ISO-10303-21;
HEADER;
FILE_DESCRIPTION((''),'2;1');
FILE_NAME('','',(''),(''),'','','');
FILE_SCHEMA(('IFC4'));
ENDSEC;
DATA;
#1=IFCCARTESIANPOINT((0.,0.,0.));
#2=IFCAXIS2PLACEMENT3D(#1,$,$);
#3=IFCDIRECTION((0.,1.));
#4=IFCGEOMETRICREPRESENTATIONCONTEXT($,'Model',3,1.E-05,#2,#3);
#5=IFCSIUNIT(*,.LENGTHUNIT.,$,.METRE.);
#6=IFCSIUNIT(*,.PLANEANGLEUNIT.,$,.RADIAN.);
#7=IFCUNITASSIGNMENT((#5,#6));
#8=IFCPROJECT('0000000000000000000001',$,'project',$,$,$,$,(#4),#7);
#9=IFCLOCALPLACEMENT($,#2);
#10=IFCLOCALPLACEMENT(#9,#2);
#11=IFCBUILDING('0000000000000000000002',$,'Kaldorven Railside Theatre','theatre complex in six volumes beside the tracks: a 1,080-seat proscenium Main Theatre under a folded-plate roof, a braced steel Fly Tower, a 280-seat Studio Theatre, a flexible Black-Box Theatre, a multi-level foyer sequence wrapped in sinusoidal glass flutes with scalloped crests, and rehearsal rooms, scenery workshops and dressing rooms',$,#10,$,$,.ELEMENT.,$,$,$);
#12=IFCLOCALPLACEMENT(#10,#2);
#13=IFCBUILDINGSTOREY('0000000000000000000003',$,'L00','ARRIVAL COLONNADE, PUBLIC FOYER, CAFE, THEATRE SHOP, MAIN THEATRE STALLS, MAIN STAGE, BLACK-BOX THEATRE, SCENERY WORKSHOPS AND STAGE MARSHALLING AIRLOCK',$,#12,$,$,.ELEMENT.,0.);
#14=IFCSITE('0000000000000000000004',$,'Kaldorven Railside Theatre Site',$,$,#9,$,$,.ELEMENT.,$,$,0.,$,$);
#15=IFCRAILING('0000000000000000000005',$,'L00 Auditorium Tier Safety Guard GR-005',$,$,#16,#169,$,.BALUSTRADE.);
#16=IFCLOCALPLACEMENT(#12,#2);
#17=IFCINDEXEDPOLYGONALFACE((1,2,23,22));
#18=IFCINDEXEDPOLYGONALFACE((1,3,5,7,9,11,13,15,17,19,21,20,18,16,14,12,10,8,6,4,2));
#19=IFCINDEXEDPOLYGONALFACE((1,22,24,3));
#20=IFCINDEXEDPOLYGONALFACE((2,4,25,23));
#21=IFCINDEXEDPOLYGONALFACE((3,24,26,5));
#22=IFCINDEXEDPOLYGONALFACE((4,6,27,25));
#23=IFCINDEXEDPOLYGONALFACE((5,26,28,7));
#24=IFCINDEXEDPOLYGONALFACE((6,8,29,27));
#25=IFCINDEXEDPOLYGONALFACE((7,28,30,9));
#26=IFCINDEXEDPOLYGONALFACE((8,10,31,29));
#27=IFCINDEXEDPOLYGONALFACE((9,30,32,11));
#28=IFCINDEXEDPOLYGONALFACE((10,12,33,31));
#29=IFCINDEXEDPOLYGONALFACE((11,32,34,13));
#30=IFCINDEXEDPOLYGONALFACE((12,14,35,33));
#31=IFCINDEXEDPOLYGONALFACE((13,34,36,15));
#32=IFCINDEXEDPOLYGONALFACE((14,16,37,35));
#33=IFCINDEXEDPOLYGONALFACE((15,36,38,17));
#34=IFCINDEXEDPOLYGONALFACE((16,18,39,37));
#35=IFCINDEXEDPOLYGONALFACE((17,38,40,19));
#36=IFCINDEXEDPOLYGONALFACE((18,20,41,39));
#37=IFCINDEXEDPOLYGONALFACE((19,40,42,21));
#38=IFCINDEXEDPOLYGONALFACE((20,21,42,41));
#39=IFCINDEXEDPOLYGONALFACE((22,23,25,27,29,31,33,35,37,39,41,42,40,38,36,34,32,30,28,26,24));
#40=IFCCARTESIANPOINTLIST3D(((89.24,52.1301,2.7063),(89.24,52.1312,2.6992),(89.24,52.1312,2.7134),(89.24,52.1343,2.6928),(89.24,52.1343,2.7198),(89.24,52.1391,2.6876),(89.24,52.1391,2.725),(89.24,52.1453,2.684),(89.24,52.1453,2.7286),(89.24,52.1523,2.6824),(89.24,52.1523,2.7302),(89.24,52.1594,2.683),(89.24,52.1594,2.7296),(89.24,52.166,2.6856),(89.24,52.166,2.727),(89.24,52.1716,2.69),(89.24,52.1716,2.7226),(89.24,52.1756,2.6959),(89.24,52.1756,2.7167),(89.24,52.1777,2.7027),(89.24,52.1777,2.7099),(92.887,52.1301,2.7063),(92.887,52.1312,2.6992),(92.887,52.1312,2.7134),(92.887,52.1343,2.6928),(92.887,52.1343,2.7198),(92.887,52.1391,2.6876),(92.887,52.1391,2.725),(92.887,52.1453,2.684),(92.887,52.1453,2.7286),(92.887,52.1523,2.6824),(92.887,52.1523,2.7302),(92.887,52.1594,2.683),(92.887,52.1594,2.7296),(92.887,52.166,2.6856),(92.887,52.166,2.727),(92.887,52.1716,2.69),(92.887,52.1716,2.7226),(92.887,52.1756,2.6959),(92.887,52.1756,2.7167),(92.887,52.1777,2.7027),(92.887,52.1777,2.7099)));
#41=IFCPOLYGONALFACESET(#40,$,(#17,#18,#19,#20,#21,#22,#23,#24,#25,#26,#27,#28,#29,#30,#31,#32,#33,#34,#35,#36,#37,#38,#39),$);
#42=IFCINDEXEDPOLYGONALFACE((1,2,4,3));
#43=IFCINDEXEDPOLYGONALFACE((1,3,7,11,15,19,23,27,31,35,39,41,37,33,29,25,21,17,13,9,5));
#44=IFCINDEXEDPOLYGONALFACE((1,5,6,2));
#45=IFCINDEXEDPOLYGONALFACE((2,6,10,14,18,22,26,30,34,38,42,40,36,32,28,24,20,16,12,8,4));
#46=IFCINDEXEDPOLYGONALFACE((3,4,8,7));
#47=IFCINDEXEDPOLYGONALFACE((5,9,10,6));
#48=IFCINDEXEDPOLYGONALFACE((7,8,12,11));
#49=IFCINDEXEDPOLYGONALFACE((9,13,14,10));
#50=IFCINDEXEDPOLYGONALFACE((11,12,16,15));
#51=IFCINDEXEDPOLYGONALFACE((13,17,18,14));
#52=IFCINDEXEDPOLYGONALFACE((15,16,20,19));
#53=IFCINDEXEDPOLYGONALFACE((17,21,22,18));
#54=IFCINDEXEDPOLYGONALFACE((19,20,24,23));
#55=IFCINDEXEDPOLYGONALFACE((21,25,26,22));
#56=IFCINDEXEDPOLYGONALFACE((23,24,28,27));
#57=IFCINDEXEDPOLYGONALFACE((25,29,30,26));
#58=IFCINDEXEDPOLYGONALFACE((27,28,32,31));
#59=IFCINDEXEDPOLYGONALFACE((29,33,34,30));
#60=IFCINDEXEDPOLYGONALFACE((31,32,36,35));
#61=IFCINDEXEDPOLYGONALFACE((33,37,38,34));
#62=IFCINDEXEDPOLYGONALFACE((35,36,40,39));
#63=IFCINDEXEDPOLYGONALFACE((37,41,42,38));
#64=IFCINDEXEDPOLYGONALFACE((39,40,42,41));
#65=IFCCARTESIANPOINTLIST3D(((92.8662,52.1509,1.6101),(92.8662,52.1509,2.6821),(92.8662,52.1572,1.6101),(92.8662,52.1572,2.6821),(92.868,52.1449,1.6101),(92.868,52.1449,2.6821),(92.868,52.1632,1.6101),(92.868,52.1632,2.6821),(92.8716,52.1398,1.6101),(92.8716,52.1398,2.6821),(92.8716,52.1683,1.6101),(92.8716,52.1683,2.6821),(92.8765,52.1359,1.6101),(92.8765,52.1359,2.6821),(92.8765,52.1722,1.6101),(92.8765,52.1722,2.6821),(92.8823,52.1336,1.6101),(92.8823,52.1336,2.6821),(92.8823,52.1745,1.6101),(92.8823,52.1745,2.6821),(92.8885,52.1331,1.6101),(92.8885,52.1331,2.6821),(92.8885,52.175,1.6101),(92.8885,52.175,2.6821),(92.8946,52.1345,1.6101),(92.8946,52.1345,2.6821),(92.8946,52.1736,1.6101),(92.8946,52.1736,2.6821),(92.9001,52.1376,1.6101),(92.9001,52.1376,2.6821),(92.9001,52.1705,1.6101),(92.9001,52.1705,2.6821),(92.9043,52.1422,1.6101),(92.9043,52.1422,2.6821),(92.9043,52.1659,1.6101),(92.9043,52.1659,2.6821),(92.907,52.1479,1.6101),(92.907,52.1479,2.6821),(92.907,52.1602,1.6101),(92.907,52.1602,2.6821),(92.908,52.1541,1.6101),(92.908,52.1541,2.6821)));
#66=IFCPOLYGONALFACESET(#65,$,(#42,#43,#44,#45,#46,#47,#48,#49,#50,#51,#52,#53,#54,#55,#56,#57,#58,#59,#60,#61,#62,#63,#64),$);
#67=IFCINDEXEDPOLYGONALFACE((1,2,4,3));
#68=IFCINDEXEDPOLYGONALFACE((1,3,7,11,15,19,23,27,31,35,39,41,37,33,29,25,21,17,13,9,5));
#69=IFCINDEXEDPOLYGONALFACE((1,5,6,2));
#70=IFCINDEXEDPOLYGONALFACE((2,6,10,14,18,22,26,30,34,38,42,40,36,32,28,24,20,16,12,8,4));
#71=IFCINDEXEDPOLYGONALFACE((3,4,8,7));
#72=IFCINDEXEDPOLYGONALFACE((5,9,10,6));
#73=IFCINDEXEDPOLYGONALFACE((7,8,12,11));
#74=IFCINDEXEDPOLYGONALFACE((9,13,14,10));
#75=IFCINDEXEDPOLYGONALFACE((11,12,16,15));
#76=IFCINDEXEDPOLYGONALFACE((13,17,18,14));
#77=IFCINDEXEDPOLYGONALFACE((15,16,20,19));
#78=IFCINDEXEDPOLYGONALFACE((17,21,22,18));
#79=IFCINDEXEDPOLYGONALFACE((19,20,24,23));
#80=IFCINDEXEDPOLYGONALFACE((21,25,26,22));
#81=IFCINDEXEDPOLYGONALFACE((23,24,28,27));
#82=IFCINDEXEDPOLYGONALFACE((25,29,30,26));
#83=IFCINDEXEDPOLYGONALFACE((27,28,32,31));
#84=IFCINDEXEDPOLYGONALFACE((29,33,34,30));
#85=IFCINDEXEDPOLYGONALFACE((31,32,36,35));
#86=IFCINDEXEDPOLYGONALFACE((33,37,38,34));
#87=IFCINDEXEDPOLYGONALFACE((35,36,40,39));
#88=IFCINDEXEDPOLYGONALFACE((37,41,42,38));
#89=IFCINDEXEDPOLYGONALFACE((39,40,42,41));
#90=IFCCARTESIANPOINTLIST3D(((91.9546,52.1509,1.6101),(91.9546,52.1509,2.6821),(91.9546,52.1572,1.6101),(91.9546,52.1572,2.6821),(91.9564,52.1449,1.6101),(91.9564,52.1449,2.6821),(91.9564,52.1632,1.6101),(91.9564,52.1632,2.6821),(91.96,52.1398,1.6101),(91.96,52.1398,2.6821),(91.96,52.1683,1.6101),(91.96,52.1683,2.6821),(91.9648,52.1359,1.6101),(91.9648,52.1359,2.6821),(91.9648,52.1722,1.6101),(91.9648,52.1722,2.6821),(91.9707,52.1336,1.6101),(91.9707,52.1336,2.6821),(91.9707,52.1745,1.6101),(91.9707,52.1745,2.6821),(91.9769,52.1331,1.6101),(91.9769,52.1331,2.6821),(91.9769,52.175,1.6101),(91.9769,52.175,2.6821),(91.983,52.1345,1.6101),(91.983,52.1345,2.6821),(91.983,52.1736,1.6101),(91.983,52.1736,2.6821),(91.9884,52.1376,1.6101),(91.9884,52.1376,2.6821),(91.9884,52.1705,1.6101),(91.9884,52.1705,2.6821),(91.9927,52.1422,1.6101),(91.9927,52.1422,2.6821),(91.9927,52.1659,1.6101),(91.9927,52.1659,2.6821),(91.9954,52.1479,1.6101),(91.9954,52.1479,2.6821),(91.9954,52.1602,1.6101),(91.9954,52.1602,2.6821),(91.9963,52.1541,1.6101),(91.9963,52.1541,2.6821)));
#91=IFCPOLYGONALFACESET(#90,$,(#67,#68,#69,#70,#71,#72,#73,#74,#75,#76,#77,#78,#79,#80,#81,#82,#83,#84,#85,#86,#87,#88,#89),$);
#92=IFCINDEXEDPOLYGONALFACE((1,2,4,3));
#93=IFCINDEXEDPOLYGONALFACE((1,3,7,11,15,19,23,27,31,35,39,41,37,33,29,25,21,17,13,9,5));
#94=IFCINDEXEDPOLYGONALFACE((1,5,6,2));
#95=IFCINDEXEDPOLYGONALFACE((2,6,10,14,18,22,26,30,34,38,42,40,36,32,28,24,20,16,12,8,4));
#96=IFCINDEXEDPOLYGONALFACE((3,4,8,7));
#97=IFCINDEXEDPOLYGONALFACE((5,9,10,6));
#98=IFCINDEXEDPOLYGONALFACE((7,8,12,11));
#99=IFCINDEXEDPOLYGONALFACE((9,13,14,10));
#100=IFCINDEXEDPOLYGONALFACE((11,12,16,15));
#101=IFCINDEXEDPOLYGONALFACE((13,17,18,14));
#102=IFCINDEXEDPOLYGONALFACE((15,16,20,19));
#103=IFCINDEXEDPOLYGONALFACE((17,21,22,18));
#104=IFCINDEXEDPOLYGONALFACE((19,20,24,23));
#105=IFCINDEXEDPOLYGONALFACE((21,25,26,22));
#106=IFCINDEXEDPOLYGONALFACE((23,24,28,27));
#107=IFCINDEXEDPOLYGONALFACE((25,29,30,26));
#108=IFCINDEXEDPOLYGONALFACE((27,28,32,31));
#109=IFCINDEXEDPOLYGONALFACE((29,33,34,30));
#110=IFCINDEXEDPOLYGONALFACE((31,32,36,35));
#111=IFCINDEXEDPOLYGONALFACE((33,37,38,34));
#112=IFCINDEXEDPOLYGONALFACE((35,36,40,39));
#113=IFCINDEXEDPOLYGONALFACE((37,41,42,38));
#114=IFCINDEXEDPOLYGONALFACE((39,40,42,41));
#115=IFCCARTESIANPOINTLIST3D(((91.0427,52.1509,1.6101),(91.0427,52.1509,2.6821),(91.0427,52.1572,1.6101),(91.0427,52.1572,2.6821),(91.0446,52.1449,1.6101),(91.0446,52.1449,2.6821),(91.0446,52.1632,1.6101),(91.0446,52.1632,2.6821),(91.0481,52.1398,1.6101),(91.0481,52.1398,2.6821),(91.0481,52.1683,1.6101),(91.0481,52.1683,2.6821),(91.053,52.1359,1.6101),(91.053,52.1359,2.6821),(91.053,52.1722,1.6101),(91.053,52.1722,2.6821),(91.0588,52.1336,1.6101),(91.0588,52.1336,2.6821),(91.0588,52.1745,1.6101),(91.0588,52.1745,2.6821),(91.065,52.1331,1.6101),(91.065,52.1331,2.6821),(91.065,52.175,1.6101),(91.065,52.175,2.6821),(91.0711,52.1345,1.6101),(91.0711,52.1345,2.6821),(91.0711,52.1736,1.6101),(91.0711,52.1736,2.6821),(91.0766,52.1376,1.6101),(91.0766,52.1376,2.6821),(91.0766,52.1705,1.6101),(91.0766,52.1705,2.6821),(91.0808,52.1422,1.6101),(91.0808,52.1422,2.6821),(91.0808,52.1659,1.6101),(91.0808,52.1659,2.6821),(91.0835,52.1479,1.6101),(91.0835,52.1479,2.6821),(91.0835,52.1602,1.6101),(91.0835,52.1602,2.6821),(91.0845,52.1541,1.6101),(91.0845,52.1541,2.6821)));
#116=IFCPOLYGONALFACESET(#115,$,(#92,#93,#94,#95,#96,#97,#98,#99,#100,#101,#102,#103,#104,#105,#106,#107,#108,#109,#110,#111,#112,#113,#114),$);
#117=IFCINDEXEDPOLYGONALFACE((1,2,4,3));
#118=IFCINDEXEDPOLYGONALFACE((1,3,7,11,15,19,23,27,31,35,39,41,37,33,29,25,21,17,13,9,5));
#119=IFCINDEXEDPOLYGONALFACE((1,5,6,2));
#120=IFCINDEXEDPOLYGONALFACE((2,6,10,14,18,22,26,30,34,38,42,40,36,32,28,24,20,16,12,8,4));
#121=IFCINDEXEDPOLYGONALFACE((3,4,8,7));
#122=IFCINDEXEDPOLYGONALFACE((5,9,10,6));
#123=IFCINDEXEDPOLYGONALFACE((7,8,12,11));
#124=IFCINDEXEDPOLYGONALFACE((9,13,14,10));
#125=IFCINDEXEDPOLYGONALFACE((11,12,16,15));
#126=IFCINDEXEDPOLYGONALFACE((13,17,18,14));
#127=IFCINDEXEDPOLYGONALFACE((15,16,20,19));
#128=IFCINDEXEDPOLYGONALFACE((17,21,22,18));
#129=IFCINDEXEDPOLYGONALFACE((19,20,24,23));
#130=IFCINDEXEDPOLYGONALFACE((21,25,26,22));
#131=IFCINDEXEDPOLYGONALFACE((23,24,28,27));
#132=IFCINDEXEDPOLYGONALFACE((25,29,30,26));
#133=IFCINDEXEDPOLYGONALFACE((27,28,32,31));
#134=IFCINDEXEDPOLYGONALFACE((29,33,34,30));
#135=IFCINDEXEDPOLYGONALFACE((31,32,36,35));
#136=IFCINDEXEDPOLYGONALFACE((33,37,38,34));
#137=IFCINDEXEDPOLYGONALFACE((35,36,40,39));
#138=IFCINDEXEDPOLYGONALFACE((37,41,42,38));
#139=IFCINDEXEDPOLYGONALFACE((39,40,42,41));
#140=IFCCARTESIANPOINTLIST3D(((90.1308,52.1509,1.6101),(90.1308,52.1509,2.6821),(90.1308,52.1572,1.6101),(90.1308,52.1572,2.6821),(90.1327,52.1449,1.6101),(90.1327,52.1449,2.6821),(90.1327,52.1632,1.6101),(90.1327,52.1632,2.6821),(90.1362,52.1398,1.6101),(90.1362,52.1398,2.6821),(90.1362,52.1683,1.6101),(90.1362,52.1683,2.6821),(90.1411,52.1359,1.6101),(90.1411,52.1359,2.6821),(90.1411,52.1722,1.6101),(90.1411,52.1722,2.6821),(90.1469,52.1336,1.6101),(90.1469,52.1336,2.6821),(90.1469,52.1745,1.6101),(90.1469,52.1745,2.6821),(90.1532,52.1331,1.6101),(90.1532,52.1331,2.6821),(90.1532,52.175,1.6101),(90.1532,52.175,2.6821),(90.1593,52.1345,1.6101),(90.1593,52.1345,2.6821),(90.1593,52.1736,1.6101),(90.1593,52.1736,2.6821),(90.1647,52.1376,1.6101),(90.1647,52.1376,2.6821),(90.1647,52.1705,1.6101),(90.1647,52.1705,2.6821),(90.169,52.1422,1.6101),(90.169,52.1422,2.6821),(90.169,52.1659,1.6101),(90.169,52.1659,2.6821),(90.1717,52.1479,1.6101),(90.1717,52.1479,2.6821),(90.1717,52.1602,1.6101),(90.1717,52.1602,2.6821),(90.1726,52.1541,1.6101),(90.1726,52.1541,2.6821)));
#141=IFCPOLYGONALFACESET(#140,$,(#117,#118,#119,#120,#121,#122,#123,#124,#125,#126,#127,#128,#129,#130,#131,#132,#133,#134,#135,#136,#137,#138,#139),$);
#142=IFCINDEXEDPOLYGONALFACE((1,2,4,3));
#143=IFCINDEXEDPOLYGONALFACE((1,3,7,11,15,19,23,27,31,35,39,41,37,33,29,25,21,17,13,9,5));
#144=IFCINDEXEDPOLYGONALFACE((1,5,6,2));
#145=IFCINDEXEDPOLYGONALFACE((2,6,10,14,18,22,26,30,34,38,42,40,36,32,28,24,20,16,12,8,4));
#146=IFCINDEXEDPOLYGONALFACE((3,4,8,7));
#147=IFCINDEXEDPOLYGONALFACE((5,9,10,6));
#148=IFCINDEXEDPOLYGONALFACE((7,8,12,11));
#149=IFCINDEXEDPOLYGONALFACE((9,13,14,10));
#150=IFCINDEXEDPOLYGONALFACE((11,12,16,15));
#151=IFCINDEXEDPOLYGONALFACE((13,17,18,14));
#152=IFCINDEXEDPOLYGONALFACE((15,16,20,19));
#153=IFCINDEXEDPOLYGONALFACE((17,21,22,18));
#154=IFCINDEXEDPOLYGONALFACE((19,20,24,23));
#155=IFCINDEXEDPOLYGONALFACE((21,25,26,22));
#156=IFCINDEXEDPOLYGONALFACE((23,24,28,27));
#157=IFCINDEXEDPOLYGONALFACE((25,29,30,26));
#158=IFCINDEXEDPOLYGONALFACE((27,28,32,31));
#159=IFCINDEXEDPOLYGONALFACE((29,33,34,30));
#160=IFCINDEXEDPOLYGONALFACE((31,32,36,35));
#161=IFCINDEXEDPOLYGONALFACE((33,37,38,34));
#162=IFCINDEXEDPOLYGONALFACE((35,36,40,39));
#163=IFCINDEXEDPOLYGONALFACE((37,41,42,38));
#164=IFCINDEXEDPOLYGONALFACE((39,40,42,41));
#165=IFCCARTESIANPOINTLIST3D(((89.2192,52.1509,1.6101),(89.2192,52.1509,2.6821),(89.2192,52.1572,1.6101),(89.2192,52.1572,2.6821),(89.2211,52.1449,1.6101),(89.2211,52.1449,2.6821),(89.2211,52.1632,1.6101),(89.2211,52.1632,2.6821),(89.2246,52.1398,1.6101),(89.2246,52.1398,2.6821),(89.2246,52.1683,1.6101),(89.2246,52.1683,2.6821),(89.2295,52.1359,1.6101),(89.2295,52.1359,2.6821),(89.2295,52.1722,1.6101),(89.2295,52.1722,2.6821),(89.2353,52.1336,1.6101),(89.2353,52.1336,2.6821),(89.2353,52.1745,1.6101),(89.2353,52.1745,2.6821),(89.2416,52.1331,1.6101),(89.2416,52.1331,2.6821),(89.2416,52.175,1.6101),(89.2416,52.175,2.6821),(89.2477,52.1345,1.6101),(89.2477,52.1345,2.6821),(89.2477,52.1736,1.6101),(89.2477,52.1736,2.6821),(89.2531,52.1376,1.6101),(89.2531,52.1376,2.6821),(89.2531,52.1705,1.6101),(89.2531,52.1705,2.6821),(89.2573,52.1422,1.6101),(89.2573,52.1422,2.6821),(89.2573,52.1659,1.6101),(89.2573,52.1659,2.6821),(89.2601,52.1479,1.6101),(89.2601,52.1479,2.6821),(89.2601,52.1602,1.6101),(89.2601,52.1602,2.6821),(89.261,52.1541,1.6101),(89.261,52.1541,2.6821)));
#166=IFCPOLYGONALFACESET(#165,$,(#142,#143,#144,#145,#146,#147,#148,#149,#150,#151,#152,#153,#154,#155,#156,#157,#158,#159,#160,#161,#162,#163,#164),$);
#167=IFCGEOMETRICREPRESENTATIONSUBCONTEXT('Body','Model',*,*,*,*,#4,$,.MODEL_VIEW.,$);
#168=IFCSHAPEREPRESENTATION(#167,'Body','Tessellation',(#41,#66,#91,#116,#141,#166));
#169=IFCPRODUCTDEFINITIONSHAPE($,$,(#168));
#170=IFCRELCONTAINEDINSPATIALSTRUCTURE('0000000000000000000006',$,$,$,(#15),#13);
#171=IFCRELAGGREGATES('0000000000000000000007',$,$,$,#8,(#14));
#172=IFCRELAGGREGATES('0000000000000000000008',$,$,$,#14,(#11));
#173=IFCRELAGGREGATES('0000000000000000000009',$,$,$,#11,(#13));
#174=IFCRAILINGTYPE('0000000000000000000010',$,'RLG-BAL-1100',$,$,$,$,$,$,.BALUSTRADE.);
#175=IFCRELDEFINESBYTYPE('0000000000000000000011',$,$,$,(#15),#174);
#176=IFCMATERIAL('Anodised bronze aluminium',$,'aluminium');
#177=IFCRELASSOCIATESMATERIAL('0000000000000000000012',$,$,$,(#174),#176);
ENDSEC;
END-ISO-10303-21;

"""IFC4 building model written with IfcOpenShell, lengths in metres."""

from ifc_helpers import new_model, si_unit, direction, frame, origin, origin_2d, place, context, subcontext, project, spatial, circle, extrude, material, type_object, element, save


model = new_model("IFC4")

# Units and contexts
model_context = context("Model", 3, precision=1e-05, world=origin(), true_north=direction((0.0, 1.0)))
body_context = subcontext(model_context, "Body", "Model", "MODEL_VIEW")
ifc_project = project(units=[si_unit("LENGTHUNIT", "METRE"), si_unit("PLANEANGLEUNIT", "RADIAN")], contexts=[model_context])

# Site, building, storey
site_placement = place(None, origin())
site = spatial("IfcSite", under=ifc_project, at=site_placement, Name="Kaldorven Railside Theatre Site", CompositionType="ELEMENT", RefElevation=0.0)
building_placement = place(site_placement, origin())
building = spatial("IfcBuilding", under=site, at=building_placement, Name="Kaldorven Railside Theatre", Description="theatre complex in six volumes beside the tracks: a 1,080-seat proscenium Main Theatre under a folded-plate roof, a braced steel Fly Tower, a 280-seat Studio Theatre, a flexible Black-Box Theatre, a multi-level foyer sequence wrapped in sinusoidal glass flutes with scalloped crests, and rehearsal rooms, scenery workshops and dressing rooms", CompositionType="ELEMENT")
storey_placement = place(building_placement, origin())
storey = spatial("IfcBuildingStorey", under=building, at=storey_placement, Name="L00", Description="ARRIVAL COLONNADE, PUBLIC FOYER, CAFE, THEATRE SHOP, MAIN THEATRE STALLS, MAIN STAGE, BLACK-BOX THEATRE, SCENERY WORKSHOPS AND STAGE MARSHALLING AIRLOCK", CompositionType="ELEMENT", Elevation=0.0)

# Railing
ifc_material_1 = material(Name="Anodised bronze aluminium", Category="aluminium")
railing_type = type_object("IfcRailingType", Name="RLG-BAL-1100", PredefinedType="BALUSTRADE", material=ifc_material_1)
railing_1_placement = place(storey_placement, frame((92.887, 52.1541, 1.6101)))
element("IfcRailing", 1, at=railing_1_placement, inside=storey, type_object=railing_type, Name="L00 Auditorium Tier Safety Guard GR-005", PredefinedType="BALUSTRADE", context=body_context, shape_type="SweptSolid", body=[
    extrude(circle(Radius=0.0239, at=origin_2d()), frame((0.0, 0.0, 1.0962), z_axis=(-1.0, 0.0, 0.0), x_axis=(0.0, -1.0, 0.0)), (0.0, 0.0, 1.0), 3.647),
    extrude(circle(Radius=0.021, at=origin_2d()), origin(), (0.0, 0.0, 1.0), 1.072),
    extrude(circle(Radius=0.021, at=origin_2d()), frame((-0.9116, 0.0, 0.0)), (0.0, 0.0, 1.0), 1.072),
    extrude(circle(Radius=0.021, at=origin_2d()), frame((-1.8235, 0.0, 0.0)), (0.0, 0.0, 1.0), 1.072),
    extrude(circle(Radius=0.021, at=origin_2d()), frame((-2.7354, 0.0, 0.0)), (0.0, 0.0, 1.0), 1.072),
    extrude(circle(Radius=0.021, at=origin_2d()), frame((-3.647, 0.0, 0.0)), (0.0, 0.0, 1.0), 1.072),
])

save(model, "model.ifc")
